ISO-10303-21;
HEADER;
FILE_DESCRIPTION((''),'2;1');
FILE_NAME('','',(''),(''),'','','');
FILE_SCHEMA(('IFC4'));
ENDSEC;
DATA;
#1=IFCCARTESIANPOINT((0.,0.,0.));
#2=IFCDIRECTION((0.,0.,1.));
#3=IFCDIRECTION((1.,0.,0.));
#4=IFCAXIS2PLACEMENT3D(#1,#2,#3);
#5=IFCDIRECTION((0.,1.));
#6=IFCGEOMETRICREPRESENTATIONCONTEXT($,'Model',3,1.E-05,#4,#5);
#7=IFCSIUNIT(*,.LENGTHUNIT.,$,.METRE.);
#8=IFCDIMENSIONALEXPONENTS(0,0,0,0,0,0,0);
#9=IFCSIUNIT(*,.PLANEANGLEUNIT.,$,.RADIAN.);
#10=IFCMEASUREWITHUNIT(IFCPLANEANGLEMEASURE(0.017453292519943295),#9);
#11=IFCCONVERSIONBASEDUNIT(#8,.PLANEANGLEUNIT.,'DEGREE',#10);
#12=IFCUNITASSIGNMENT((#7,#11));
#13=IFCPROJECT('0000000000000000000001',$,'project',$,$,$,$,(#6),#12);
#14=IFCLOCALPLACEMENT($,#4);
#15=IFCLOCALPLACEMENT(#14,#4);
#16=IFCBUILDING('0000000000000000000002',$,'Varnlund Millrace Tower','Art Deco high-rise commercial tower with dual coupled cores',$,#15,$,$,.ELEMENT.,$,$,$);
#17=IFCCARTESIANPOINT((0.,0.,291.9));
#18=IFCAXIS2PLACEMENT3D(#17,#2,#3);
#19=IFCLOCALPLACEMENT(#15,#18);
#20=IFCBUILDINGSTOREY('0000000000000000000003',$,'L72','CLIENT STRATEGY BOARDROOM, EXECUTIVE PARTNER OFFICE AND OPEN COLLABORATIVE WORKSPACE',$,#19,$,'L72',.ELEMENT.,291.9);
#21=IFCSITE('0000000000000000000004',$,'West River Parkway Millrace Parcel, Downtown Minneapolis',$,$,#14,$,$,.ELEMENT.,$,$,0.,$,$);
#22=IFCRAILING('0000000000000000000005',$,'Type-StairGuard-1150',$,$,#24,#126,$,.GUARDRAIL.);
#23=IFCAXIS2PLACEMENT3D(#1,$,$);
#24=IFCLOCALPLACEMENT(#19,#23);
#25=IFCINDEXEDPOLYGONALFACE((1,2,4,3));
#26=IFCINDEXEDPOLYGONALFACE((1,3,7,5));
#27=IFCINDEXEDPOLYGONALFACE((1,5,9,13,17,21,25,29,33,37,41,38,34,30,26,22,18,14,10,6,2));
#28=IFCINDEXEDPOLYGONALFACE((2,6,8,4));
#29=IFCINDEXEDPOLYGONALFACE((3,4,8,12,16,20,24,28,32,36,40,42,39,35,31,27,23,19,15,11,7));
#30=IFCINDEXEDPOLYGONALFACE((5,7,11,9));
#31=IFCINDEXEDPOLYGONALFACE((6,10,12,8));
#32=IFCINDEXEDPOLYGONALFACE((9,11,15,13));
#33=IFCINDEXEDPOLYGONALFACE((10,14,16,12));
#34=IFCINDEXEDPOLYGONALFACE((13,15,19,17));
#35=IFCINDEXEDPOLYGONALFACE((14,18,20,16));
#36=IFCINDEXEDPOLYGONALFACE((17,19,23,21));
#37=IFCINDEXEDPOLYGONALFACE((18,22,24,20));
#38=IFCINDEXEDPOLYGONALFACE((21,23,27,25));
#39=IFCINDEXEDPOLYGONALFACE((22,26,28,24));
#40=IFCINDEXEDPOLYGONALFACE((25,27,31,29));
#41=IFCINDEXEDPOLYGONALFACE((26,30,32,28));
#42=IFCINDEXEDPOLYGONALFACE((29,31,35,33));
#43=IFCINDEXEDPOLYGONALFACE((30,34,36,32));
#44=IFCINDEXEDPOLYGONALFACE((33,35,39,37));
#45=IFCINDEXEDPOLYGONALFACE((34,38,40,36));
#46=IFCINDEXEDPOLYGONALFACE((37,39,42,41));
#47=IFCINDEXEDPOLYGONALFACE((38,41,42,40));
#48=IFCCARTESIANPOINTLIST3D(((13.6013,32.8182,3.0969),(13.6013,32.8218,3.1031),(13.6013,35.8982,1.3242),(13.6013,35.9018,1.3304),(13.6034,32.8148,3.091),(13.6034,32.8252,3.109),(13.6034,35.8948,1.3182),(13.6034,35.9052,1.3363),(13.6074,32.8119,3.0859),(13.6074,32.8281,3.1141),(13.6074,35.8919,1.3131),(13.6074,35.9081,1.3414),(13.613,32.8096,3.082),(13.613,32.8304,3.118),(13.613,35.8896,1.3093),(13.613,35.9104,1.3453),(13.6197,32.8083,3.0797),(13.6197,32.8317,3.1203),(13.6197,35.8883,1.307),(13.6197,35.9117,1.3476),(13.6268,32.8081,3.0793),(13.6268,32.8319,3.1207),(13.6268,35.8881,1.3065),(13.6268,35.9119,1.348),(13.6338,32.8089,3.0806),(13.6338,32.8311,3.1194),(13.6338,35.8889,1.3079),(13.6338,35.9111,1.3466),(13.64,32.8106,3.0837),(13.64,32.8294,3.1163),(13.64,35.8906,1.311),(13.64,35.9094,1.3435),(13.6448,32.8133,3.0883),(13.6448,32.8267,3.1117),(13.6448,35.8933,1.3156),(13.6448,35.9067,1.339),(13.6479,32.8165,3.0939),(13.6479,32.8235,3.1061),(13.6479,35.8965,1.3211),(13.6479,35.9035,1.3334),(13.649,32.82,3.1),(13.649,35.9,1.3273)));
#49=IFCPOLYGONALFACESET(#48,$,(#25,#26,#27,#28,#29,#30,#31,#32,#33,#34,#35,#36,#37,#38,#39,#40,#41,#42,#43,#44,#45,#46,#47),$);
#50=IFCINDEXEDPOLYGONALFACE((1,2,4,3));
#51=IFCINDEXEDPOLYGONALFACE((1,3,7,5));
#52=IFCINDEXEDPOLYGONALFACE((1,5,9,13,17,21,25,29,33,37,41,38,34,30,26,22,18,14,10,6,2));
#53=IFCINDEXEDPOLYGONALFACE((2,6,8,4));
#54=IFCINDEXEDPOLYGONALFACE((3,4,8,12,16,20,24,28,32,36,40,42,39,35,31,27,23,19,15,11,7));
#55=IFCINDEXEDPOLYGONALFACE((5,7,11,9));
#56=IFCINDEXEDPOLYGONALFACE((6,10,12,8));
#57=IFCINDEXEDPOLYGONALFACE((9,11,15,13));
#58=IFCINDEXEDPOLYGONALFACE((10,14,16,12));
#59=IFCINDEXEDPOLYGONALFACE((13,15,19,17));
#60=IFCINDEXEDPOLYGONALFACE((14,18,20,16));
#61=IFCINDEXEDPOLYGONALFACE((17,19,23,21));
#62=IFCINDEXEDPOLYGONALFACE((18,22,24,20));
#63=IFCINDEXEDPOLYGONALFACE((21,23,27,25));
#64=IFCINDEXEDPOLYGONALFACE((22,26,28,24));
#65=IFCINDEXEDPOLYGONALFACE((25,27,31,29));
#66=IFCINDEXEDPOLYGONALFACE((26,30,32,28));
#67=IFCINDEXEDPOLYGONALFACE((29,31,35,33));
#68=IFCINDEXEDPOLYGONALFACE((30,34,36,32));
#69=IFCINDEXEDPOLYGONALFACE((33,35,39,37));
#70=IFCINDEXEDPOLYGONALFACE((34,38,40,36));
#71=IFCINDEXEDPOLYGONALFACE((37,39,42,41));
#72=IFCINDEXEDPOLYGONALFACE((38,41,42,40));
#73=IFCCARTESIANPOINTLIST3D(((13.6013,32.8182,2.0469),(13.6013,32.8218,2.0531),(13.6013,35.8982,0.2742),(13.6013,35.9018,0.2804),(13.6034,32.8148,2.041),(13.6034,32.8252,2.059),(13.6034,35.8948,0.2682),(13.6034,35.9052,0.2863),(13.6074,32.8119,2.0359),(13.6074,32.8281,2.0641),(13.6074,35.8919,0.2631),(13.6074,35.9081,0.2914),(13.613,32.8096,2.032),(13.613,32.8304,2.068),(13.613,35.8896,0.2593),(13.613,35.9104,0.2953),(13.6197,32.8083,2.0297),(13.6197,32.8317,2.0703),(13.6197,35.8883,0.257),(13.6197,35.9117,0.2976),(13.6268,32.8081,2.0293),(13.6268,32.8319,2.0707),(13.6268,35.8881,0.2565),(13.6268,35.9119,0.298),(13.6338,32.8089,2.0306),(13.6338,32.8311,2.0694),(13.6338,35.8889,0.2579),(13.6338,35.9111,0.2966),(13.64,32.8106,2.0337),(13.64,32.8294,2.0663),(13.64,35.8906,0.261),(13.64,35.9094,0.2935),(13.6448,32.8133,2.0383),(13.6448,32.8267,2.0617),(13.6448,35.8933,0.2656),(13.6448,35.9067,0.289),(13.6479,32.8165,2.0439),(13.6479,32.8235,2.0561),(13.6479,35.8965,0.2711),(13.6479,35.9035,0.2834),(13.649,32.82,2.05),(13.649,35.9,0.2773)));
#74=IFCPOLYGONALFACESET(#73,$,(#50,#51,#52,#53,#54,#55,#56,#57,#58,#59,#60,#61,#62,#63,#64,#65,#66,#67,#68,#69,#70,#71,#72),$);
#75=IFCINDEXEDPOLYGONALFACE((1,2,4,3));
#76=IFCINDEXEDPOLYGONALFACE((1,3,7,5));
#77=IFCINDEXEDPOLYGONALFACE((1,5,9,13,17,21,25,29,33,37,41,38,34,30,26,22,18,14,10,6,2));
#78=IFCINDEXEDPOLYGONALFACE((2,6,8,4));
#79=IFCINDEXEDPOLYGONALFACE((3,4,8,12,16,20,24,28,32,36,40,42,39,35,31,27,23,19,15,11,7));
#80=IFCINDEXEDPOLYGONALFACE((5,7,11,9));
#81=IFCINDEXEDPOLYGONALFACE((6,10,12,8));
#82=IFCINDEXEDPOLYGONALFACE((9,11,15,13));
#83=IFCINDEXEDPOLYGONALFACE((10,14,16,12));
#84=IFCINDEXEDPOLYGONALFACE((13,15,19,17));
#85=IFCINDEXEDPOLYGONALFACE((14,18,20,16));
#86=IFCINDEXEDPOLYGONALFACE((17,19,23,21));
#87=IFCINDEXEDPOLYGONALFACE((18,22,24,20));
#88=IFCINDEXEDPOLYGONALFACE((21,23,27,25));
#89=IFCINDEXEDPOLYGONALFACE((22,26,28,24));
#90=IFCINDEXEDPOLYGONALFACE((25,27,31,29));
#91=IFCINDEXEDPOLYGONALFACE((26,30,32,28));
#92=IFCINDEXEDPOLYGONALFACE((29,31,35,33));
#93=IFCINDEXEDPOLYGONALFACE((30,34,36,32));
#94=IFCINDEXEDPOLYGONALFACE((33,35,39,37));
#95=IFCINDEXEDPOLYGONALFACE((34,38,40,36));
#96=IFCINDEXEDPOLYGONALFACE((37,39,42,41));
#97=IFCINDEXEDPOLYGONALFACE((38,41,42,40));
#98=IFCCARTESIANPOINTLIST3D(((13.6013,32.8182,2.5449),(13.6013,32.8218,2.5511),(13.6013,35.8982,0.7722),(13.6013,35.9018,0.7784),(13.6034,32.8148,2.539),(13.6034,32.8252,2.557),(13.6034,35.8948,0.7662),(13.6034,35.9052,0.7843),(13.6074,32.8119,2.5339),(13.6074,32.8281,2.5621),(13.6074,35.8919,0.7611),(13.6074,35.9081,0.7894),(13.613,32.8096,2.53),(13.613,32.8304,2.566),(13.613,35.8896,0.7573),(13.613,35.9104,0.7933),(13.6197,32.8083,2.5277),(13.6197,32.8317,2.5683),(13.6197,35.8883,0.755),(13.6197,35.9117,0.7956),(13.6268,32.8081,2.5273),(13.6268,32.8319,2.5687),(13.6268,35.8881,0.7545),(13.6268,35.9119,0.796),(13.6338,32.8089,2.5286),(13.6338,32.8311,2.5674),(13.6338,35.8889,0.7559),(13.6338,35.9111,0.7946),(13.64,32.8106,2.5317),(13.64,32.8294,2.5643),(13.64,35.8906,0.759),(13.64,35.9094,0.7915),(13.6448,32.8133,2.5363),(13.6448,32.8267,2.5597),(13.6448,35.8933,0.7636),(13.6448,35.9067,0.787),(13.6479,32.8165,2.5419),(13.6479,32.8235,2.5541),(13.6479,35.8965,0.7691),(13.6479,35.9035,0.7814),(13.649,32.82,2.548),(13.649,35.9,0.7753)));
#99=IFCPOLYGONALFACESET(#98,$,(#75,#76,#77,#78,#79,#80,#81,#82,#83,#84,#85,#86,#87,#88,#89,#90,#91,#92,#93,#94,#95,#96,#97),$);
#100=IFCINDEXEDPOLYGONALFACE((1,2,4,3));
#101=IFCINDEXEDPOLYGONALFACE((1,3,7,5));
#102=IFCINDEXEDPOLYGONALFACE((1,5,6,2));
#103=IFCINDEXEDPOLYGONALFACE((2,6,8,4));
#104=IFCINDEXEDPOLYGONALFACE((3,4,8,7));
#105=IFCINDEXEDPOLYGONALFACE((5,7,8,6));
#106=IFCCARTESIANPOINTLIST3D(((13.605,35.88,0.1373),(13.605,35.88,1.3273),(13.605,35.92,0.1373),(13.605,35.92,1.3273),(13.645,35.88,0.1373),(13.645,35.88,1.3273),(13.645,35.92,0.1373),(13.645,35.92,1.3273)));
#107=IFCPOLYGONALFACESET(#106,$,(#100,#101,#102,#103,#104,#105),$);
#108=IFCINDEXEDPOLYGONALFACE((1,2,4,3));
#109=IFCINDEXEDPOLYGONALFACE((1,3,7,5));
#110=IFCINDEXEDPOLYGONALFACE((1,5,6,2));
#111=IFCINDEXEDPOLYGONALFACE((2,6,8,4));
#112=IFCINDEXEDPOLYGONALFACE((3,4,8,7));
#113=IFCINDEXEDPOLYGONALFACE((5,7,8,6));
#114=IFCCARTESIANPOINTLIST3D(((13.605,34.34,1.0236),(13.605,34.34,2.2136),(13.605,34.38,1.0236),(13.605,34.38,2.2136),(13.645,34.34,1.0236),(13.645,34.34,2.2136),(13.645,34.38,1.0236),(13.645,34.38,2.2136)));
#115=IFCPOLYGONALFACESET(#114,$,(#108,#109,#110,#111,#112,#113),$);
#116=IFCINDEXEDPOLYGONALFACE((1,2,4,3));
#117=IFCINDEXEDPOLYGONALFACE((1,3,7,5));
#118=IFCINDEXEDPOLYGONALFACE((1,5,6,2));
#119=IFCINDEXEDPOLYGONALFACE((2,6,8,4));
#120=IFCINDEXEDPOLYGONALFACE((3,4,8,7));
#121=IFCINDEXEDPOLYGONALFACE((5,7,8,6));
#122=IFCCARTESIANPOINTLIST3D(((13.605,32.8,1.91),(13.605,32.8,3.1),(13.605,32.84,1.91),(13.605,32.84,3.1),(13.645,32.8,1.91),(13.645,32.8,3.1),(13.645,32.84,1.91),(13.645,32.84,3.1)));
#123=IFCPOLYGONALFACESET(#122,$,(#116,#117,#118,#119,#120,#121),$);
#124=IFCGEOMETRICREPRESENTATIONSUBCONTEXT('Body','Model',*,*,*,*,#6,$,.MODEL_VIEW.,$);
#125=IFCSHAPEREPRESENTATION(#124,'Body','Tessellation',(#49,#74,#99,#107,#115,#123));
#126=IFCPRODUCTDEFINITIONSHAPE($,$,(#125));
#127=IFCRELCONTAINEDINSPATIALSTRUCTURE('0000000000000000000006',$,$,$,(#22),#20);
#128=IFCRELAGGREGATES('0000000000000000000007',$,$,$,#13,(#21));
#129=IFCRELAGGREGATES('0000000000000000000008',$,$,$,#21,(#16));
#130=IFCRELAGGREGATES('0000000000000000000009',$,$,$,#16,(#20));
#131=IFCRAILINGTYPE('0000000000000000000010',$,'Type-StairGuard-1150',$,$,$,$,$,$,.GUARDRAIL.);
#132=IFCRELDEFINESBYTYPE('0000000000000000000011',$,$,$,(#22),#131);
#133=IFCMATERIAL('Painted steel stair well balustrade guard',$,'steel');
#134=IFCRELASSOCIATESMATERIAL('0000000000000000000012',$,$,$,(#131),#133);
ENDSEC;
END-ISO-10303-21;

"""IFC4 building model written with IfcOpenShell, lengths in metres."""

from ifc_helpers import new_model, entity, si_unit, converted_unit, direction, frame, origin_with_axes, origin_2d_with_axis, place, context, subcontext, project, spatial, rectangle, circle, extrude, material, type_object, element, save


model = new_model("IFC4")

# Units and contexts
model_context = context("Model", 3, precision=1e-05, world=origin_with_axes(), true_north=direction((0.0, 1.0)))
body_context = subcontext(model_context, "Body", "Model", "MODEL_VIEW")
ifc_project = project(units=[si_unit("LENGTHUNIT", "METRE"), converted_unit("PLANEANGLEUNIT", "DEGREE", entity("IfcPlaneAngleMeasure", 0.017453292519943295), si_unit("PLANEANGLEUNIT", "RADIAN"), dimensions=[0, 0, 0, 0, 0, 0, 0])], contexts=[model_context])

# Site, building, storey
site_placement = place(None, origin_with_axes())
site = spatial("IfcSite", under=ifc_project, at=site_placement, Name="West River Parkway Millrace Parcel, Downtown Minneapolis", CompositionType="ELEMENT", RefElevation=0.0)
building_placement = place(site_placement, origin_with_axes())
building = spatial("IfcBuilding", under=site, at=building_placement, Name="Varnlund Millrace Tower", Description="Art Deco high-rise commercial tower with dual coupled cores", CompositionType="ELEMENT")
storey_placement = place(building_placement, frame((0.0, 0.0, 291.9), z_axis=(0.0, 0.0, 1.0), x_axis=(1.0, 0.0, 0.0)))
storey = spatial("IfcBuildingStorey", under=building, at=storey_placement, Name="L72", Description="CLIENT STRATEGY BOARDROOM, EXECUTIVE PARTNER OFFICE AND OPEN COLLABORATIVE WORKSPACE", LongName="L72", CompositionType="ELEMENT", Elevation=291.9)

# Railing
ifc_material_1 = material(Name="Painted steel stair well balustrade guard", Category="steel")
railing_type_1 = type_object("IfcRailingType", Name="Type-StairGuard-1150", PredefinedType="GUARDRAIL", material=ifc_material_1)
railing_1_placement = place(storey_placement, frame((0.0, 0.0, -291.9), z_axis=(0.0, 0.0, 1.0), x_axis=(1.0, 0.0, 0.0)))
element("IfcRailing", 1, at=railing_1_placement, inside=storey, type_object=railing_type_1, Name="Type-StairGuard-1150", PredefinedType="GUARDRAIL", context=body_context, shape_type="SweptSolid", body=[
    extrude(circle(Radius=0.024, at=origin_2d_with_axis()), frame((13.625, 35.9, 293.2273), z_axis=(0.0, -0.866696, 0.498836), x_axis=(1.0, 0.0, 0.0)), (0.0, 0.0, 1.0), 3.5537),
    extrude(circle(Radius=0.024, at=origin_2d_with_axis()), frame((13.625, 35.9, 292.1773), z_axis=(0.0, -0.866696, 0.498836), x_axis=(1.0, 0.0, 0.0)), (0.0, 0.0, 1.0), 3.5537),
    extrude(circle(Radius=0.024, at=origin_2d_with_axis()), frame((13.625, 35.9, 292.6753), z_axis=(0.0, -0.866696, 0.498836), x_axis=(1.0, 0.0, 0.0)), (0.0, 0.0, 1.0), 3.5537),
    extrude(rectangle(XDim=0.04, YDim=0.04, at=origin_2d_with_axis()), frame((13.625, 35.9, 292.0373), z_axis=(0.0, 0.0, 1.0), x_axis=(1.0, 0.0, 0.0)), (0.0, 0.0, 1.0), 1.19),
    extrude(rectangle(XDim=0.04, YDim=0.04, at=origin_2d_with_axis()), frame((13.625, 34.36, 292.9236), z_axis=(0.0, 0.0, 1.0), x_axis=(1.0, 0.0, 0.0)), (0.0, 0.0, 1.0), 1.19),
    extrude(rectangle(XDim=0.04, YDim=0.04, at=origin_2d_with_axis()), frame((13.625, 32.82, 293.81), z_axis=(0.0, 0.0, 1.0), x_axis=(1.0, 0.0, 0.0)), (0.0, 0.0, 1.0), 1.19),
])

save(model, "model.ifc")
